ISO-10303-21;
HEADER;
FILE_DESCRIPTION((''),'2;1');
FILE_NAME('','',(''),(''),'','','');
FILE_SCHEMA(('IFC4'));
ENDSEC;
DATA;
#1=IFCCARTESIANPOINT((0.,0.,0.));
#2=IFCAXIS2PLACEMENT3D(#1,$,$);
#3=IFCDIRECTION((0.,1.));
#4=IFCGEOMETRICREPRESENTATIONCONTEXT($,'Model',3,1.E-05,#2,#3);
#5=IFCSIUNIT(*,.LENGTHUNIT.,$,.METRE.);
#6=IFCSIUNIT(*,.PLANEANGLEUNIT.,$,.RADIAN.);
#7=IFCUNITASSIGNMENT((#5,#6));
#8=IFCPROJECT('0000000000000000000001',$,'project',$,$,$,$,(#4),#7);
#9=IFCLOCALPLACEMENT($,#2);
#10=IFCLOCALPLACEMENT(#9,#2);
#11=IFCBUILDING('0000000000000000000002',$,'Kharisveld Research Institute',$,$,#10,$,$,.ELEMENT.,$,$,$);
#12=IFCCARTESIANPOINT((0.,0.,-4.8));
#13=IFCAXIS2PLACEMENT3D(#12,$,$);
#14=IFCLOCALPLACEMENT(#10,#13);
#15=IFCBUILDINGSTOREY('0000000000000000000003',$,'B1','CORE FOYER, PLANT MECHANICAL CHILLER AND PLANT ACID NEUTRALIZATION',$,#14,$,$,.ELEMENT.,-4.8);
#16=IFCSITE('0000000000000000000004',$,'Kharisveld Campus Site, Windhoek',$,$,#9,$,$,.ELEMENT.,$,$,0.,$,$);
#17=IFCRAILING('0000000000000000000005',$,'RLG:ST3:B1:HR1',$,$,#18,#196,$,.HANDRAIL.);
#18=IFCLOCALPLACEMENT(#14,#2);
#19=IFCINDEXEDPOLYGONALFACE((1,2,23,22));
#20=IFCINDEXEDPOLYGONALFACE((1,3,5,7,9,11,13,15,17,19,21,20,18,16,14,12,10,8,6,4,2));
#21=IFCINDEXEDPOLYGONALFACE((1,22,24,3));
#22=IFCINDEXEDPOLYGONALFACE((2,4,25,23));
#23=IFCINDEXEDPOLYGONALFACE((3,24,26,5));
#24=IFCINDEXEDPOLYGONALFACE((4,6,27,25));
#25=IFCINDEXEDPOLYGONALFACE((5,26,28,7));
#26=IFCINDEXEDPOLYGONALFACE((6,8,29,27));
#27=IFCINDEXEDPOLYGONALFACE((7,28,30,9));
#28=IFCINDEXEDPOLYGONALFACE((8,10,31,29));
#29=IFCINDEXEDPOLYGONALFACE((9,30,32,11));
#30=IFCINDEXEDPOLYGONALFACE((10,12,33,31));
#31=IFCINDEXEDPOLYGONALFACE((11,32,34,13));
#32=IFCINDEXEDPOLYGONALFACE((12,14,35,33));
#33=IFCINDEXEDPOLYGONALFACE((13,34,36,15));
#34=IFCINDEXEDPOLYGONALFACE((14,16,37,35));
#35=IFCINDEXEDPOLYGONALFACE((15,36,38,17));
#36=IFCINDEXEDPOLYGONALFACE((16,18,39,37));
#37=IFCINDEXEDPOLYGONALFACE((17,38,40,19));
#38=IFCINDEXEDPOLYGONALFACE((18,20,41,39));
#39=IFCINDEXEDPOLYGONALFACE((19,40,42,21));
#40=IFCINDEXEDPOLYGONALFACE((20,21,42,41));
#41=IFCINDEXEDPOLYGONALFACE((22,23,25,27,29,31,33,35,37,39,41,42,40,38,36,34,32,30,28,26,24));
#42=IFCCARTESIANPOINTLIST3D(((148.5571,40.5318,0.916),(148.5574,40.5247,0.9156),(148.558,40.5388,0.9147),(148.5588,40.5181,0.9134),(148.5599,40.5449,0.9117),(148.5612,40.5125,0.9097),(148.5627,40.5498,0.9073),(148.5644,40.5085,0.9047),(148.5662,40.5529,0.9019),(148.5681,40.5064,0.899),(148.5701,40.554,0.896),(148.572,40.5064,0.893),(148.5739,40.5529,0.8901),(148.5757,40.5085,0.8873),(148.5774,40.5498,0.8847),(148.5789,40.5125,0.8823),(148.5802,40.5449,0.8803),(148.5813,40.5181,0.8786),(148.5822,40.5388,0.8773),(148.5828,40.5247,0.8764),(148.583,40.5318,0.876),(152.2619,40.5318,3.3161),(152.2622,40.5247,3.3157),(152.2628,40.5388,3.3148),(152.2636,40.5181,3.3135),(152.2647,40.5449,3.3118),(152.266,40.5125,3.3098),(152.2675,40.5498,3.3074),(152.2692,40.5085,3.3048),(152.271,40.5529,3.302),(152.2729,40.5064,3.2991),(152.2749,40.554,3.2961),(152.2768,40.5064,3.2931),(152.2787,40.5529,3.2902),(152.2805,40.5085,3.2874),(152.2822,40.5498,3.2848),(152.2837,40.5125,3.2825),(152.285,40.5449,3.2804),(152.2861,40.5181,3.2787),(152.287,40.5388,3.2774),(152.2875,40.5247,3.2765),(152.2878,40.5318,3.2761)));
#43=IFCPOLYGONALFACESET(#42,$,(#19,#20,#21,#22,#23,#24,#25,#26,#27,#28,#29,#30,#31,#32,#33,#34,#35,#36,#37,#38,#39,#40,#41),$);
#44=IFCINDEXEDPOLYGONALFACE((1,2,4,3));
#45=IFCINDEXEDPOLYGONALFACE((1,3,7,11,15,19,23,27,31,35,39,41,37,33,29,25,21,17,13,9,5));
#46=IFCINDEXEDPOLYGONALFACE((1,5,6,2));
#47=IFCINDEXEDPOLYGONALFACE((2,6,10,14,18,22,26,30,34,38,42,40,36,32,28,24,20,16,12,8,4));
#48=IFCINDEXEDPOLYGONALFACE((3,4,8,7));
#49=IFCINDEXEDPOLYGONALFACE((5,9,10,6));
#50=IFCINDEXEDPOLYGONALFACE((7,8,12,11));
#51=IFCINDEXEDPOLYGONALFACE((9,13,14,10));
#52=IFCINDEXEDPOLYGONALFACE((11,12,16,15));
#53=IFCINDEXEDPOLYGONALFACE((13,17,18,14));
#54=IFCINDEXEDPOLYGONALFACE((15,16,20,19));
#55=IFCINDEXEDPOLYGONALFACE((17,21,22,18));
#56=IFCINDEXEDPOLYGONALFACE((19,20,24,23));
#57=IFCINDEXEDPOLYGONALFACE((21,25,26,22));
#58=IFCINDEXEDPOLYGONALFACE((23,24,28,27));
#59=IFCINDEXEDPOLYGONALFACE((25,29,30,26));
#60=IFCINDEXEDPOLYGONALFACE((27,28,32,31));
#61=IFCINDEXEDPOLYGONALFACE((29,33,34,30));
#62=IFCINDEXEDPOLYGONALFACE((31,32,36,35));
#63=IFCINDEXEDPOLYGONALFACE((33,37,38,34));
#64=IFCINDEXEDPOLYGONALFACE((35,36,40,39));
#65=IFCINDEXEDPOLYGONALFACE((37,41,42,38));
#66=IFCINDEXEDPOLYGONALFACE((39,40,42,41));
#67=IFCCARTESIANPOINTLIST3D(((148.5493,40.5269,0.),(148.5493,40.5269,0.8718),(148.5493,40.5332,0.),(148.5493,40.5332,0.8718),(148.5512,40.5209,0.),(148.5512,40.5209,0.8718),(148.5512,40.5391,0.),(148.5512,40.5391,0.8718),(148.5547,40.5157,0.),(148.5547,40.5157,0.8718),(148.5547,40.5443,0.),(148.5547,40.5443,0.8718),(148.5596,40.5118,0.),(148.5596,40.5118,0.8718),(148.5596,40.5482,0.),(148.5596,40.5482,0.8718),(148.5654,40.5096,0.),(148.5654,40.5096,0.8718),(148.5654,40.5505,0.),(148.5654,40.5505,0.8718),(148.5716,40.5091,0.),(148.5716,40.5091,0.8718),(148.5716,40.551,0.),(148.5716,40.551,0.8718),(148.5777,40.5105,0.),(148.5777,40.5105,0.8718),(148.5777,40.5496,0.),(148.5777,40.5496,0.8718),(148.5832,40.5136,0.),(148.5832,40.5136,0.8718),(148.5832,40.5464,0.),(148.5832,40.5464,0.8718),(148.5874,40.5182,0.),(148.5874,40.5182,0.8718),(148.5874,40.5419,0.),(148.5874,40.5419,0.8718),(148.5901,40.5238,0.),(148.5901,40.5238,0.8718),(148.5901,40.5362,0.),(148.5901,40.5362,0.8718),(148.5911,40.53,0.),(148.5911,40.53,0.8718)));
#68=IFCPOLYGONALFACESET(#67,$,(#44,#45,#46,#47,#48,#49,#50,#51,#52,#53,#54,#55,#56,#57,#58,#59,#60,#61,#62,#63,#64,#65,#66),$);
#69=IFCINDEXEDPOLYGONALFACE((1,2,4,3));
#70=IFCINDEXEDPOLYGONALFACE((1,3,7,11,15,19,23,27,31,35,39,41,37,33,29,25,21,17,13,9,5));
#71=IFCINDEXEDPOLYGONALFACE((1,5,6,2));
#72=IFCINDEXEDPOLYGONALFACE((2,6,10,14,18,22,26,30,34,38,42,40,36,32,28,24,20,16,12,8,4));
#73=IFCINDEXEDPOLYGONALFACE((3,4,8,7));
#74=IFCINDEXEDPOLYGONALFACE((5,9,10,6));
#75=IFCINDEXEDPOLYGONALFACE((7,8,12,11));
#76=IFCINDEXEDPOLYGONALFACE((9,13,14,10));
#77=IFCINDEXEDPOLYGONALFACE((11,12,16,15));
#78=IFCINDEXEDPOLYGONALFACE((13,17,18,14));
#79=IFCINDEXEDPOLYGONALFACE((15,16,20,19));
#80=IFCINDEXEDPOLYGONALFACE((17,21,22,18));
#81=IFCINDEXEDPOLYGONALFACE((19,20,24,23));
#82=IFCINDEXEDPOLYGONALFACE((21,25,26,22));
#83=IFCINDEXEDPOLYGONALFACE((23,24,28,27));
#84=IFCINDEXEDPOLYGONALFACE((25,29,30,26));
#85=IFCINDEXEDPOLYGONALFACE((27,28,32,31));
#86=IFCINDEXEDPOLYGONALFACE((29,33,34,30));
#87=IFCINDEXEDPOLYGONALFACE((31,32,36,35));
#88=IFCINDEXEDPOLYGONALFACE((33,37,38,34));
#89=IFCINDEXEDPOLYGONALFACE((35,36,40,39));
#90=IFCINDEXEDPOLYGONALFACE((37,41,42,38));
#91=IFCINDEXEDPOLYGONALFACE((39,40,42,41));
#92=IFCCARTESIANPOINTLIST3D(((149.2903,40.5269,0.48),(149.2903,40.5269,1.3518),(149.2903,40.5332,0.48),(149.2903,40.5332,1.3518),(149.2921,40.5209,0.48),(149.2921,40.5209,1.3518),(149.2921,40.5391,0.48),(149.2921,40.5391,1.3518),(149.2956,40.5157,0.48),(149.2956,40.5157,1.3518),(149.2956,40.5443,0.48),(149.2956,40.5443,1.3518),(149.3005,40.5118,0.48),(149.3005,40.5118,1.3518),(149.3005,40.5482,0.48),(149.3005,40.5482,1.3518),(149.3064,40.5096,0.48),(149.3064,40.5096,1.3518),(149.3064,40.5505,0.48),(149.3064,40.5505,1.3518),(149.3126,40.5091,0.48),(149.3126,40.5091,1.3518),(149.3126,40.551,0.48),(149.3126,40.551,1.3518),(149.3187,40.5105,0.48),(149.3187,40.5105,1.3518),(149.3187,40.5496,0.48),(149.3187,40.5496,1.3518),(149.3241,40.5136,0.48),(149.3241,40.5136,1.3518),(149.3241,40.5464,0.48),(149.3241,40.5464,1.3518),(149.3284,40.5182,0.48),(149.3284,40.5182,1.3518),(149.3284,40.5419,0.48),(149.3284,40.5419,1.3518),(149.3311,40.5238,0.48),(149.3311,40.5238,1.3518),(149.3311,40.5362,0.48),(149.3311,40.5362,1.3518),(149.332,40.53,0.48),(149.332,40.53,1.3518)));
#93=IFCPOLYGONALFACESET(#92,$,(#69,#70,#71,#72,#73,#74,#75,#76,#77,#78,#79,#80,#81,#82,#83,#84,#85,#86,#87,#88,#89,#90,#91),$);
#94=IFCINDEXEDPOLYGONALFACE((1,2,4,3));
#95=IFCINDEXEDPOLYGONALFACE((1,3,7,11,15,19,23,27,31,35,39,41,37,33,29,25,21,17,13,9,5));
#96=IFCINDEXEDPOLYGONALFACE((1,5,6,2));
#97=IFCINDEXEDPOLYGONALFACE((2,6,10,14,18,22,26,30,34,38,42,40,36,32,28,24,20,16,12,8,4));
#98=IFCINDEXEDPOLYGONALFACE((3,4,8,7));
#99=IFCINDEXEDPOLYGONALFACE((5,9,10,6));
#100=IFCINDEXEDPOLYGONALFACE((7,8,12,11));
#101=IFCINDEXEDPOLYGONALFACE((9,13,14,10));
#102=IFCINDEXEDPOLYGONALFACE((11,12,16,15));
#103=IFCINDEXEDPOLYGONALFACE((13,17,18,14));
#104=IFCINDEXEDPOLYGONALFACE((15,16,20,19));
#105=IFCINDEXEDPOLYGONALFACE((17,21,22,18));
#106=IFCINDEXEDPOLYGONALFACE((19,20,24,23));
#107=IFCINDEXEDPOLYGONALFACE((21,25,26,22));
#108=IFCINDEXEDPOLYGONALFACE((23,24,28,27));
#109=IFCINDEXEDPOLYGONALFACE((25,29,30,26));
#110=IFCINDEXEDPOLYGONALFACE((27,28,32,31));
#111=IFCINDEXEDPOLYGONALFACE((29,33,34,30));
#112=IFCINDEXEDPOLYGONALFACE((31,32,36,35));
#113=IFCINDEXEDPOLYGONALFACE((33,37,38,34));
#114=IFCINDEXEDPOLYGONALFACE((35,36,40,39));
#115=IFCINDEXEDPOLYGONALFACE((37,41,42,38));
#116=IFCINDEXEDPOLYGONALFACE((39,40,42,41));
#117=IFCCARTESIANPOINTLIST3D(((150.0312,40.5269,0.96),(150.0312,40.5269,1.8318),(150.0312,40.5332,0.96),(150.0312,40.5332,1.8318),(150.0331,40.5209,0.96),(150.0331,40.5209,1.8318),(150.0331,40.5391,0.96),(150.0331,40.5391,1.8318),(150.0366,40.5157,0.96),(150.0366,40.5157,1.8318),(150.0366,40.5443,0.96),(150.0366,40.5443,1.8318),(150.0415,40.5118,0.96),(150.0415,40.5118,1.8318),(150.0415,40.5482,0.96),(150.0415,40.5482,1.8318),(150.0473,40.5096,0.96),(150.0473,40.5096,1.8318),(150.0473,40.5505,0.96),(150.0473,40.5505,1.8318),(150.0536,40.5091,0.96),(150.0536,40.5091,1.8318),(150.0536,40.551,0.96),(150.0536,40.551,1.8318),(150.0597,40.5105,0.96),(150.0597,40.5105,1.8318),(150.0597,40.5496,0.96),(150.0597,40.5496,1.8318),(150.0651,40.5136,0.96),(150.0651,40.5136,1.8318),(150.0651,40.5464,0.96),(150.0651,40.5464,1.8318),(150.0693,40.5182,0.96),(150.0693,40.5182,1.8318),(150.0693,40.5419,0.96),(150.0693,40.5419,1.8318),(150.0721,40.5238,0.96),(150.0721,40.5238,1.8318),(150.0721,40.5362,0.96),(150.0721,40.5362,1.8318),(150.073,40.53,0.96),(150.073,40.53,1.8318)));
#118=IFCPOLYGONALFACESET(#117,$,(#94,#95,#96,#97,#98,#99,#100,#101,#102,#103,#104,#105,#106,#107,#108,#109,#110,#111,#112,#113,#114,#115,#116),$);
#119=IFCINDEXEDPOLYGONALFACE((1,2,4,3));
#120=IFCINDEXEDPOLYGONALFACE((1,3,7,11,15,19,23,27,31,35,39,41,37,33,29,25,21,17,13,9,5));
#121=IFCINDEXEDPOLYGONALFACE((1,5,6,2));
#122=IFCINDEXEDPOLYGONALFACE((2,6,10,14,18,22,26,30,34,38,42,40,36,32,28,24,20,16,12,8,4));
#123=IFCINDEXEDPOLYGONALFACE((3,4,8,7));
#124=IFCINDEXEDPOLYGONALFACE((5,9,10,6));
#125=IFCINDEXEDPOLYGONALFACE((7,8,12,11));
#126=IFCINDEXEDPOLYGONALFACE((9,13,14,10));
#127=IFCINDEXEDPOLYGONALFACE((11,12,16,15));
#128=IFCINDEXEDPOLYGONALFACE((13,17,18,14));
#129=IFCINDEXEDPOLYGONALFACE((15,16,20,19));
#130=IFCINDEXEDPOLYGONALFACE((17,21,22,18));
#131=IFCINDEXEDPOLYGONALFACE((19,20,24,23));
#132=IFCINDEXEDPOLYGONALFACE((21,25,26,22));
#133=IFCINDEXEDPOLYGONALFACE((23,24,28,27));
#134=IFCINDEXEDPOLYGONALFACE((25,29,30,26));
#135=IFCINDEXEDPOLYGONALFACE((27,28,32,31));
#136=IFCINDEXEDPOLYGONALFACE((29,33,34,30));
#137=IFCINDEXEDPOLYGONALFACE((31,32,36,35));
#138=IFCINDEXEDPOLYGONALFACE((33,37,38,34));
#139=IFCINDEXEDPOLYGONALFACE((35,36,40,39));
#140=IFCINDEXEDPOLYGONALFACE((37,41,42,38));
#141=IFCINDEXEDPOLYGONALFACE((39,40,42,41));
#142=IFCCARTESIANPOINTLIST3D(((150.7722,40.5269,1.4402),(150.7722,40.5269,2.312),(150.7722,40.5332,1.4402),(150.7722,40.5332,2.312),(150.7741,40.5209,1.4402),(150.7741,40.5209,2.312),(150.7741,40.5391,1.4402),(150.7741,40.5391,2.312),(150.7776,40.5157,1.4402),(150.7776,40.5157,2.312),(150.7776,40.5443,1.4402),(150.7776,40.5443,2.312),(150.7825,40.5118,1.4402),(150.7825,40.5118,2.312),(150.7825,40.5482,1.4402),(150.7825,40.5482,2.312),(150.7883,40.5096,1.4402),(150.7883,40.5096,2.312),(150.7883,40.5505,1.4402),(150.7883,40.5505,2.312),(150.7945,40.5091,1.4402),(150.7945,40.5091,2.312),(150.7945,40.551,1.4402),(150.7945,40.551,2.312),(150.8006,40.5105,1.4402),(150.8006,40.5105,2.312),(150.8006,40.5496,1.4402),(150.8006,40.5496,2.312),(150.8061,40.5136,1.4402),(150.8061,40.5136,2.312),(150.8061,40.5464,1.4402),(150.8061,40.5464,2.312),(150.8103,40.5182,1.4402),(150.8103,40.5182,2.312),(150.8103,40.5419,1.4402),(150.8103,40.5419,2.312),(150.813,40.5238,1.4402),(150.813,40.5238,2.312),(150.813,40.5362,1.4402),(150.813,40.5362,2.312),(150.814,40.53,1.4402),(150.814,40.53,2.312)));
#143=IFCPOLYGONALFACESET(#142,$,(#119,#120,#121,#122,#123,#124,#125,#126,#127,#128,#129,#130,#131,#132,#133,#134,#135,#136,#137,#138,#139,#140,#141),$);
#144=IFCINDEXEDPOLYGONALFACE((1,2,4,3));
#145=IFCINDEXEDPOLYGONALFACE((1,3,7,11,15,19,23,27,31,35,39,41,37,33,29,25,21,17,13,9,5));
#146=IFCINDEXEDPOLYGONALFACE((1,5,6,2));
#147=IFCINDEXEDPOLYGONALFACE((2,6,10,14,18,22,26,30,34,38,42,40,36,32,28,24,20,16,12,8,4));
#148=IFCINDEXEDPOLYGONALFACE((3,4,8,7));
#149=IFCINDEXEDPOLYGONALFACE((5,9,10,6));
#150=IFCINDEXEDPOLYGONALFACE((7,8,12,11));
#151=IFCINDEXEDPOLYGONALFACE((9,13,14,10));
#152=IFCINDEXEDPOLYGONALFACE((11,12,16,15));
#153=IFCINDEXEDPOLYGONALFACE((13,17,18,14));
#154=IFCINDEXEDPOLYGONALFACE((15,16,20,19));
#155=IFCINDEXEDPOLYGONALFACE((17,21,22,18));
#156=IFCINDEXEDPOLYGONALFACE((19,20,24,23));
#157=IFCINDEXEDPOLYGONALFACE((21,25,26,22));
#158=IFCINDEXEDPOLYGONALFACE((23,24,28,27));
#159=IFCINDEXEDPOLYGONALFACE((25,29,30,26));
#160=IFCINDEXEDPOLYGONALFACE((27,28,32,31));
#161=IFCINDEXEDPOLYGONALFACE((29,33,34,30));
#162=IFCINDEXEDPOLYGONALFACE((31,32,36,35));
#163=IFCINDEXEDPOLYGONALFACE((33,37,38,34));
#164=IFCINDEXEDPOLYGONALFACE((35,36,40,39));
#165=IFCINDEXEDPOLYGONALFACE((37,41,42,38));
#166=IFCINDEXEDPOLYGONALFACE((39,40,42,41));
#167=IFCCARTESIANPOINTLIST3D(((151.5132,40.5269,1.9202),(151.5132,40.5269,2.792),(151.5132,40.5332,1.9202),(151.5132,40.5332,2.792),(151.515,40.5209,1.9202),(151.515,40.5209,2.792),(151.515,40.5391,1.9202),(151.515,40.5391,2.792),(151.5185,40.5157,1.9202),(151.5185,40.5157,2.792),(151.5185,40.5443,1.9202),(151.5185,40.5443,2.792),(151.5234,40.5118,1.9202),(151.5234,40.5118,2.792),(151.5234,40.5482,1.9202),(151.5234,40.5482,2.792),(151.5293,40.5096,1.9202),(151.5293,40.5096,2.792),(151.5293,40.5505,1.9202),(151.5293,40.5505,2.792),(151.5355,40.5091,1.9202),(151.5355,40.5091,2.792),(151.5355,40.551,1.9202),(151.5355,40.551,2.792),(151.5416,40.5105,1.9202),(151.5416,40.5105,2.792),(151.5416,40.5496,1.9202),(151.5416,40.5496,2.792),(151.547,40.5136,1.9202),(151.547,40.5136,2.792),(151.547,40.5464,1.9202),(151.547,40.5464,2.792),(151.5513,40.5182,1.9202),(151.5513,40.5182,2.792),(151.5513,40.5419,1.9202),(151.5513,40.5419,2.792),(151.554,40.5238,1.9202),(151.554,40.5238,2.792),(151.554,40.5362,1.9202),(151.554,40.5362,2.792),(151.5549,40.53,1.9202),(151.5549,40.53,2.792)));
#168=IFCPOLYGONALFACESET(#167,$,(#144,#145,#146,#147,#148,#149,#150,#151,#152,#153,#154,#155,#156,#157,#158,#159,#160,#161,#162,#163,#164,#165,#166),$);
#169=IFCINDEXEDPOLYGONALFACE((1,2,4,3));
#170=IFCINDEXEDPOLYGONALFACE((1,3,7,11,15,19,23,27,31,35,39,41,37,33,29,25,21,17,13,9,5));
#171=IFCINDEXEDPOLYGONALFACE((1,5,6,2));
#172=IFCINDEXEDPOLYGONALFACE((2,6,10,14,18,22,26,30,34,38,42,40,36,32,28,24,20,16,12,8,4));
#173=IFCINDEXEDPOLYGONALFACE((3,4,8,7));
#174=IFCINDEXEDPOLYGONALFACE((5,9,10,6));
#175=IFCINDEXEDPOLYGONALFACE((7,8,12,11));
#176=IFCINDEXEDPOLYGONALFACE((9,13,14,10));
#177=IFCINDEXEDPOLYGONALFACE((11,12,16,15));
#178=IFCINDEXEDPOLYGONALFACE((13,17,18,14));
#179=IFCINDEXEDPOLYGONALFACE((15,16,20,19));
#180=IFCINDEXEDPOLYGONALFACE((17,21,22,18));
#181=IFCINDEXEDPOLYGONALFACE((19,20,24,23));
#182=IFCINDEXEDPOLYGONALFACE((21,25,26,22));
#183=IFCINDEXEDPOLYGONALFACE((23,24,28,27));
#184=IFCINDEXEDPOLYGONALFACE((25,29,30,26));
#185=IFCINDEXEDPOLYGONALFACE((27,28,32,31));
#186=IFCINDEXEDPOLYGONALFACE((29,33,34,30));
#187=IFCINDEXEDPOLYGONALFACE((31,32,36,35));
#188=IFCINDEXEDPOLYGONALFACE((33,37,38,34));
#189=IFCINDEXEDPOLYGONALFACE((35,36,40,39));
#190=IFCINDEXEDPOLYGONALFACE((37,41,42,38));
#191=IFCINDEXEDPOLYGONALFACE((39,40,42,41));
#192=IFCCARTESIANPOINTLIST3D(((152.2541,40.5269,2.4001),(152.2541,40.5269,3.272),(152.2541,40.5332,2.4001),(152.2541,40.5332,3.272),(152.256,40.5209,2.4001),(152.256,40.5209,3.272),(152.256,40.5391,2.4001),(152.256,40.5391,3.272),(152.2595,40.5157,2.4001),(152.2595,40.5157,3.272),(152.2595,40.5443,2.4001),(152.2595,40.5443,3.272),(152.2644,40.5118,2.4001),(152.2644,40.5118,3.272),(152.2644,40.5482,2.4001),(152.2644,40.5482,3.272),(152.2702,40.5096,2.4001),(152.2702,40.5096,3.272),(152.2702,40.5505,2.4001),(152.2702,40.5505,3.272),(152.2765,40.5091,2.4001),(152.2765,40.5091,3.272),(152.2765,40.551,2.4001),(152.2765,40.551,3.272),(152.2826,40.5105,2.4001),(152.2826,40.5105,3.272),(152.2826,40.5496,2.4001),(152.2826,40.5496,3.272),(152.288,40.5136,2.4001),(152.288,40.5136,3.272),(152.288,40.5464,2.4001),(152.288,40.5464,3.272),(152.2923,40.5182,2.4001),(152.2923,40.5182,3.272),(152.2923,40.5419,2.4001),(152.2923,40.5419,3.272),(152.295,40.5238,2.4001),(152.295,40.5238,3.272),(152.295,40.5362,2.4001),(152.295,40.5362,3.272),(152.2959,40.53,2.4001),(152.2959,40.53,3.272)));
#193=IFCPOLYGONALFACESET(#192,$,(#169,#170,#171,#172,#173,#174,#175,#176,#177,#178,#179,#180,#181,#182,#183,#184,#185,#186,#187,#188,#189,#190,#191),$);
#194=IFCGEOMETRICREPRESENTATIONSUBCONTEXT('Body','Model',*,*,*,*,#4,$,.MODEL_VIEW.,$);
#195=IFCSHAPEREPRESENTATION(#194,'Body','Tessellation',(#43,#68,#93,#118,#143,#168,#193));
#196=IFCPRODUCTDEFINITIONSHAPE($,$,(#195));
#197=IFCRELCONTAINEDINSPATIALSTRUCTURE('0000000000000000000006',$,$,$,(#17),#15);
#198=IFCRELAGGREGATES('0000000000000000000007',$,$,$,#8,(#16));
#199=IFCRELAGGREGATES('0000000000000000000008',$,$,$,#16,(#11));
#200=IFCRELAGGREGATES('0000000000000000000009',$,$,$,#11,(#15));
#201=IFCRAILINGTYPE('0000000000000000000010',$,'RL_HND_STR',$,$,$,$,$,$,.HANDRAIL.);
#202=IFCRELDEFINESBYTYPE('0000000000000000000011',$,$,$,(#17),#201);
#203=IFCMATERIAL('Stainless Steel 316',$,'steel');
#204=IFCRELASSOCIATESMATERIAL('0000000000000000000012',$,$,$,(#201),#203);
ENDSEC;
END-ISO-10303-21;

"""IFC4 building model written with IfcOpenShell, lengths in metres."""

from ifc_helpers import new_model, si_unit, direction, frame, origin, origin_2d, place, context, subcontext, project, spatial, circle, extrude, material, type_object, element, save


model = new_model("IFC4")

# Units and contexts
model_context = context("Model", 3, precision=1e-05, world=origin(), true_north=direction((0.0, 1.0)))
body_context = subcontext(model_context, "Body", "Model", "MODEL_VIEW")
ifc_project = project(units=[si_unit("LENGTHUNIT", "METRE"), si_unit("PLANEANGLEUNIT", "RADIAN")], contexts=[model_context])

# Site, building, storey
site_placement = place(None, origin())
site = spatial("IfcSite", under=ifc_project, at=site_placement, Name="Kharisveld Campus Site, Windhoek", CompositionType="ELEMENT", RefElevation=0.0)
building_placement = place(site_placement, origin())
building = spatial("IfcBuilding", under=site, at=building_placement, Name="Kharisveld Research Institute", CompositionType="ELEMENT")
storey_placement = place(building_placement, frame((0.0, 0.0, -4.8)))
storey = spatial("IfcBuildingStorey", under=building, at=storey_placement, Name="B1", Description="CORE FOYER, PLANT MECHANICAL CHILLER AND PLANT ACID NEUTRALIZATION", CompositionType="ELEMENT", Elevation=-4.8)

# Railing
ifc_material_1 = material(Name="Stainless Steel 316", Category="steel")
railing_type = type_object("IfcRailingType", Name="RL_HND_STR", PredefinedType="HANDRAIL", material=ifc_material_1)
railing_placement = place(storey_placement, frame((148.5701, 40.53, 0.0)))
element("IfcRailing", 1, at=railing_placement, inside=storey, type_object=railing_type, Name="RLG:ST3:B1:HR1", PredefinedType="HANDRAIL", context=body_context, shape_type="SweptSolid", body=[
    extrude(circle(Radius=0.0239, at=origin_2d()), frame((0.0, 0.0, 0.896), z_axis=(0.83927, 0.0, 0.543714), x_axis=(0.0, 1.0, 0.0)), (0.0, 0.0, 1.0), 4.4143),
    extrude(circle(Radius=0.021, at=origin_2d()), origin(), (0.0, 0.0, 1.0), 0.8718),
    extrude(circle(Radius=0.021, at=origin_2d()), frame((0.741, 0.0, 0.48)), (0.0, 0.0, 1.0), 0.8718),
    extrude(circle(Radius=0.021, at=origin_2d()), frame((1.4819, 0.0, 0.96)), (0.0, 0.0, 1.0), 0.8718),
    extrude(circle(Radius=0.021, at=origin_2d()), frame((2.2229, 0.0, 1.4402)), (0.0, 0.0, 1.0), 0.8718),
    extrude(circle(Radius=0.021, at=origin_2d()), frame((2.9639, 0.0, 1.9202)), (0.0, 0.0, 1.0), 0.8718),
    extrude(circle(Radius=0.021, at=origin_2d()), frame((3.7048, 0.0, 2.4001)), (0.0, 0.0, 1.0), 0.8718),
])

save(model, "model.ifc")
